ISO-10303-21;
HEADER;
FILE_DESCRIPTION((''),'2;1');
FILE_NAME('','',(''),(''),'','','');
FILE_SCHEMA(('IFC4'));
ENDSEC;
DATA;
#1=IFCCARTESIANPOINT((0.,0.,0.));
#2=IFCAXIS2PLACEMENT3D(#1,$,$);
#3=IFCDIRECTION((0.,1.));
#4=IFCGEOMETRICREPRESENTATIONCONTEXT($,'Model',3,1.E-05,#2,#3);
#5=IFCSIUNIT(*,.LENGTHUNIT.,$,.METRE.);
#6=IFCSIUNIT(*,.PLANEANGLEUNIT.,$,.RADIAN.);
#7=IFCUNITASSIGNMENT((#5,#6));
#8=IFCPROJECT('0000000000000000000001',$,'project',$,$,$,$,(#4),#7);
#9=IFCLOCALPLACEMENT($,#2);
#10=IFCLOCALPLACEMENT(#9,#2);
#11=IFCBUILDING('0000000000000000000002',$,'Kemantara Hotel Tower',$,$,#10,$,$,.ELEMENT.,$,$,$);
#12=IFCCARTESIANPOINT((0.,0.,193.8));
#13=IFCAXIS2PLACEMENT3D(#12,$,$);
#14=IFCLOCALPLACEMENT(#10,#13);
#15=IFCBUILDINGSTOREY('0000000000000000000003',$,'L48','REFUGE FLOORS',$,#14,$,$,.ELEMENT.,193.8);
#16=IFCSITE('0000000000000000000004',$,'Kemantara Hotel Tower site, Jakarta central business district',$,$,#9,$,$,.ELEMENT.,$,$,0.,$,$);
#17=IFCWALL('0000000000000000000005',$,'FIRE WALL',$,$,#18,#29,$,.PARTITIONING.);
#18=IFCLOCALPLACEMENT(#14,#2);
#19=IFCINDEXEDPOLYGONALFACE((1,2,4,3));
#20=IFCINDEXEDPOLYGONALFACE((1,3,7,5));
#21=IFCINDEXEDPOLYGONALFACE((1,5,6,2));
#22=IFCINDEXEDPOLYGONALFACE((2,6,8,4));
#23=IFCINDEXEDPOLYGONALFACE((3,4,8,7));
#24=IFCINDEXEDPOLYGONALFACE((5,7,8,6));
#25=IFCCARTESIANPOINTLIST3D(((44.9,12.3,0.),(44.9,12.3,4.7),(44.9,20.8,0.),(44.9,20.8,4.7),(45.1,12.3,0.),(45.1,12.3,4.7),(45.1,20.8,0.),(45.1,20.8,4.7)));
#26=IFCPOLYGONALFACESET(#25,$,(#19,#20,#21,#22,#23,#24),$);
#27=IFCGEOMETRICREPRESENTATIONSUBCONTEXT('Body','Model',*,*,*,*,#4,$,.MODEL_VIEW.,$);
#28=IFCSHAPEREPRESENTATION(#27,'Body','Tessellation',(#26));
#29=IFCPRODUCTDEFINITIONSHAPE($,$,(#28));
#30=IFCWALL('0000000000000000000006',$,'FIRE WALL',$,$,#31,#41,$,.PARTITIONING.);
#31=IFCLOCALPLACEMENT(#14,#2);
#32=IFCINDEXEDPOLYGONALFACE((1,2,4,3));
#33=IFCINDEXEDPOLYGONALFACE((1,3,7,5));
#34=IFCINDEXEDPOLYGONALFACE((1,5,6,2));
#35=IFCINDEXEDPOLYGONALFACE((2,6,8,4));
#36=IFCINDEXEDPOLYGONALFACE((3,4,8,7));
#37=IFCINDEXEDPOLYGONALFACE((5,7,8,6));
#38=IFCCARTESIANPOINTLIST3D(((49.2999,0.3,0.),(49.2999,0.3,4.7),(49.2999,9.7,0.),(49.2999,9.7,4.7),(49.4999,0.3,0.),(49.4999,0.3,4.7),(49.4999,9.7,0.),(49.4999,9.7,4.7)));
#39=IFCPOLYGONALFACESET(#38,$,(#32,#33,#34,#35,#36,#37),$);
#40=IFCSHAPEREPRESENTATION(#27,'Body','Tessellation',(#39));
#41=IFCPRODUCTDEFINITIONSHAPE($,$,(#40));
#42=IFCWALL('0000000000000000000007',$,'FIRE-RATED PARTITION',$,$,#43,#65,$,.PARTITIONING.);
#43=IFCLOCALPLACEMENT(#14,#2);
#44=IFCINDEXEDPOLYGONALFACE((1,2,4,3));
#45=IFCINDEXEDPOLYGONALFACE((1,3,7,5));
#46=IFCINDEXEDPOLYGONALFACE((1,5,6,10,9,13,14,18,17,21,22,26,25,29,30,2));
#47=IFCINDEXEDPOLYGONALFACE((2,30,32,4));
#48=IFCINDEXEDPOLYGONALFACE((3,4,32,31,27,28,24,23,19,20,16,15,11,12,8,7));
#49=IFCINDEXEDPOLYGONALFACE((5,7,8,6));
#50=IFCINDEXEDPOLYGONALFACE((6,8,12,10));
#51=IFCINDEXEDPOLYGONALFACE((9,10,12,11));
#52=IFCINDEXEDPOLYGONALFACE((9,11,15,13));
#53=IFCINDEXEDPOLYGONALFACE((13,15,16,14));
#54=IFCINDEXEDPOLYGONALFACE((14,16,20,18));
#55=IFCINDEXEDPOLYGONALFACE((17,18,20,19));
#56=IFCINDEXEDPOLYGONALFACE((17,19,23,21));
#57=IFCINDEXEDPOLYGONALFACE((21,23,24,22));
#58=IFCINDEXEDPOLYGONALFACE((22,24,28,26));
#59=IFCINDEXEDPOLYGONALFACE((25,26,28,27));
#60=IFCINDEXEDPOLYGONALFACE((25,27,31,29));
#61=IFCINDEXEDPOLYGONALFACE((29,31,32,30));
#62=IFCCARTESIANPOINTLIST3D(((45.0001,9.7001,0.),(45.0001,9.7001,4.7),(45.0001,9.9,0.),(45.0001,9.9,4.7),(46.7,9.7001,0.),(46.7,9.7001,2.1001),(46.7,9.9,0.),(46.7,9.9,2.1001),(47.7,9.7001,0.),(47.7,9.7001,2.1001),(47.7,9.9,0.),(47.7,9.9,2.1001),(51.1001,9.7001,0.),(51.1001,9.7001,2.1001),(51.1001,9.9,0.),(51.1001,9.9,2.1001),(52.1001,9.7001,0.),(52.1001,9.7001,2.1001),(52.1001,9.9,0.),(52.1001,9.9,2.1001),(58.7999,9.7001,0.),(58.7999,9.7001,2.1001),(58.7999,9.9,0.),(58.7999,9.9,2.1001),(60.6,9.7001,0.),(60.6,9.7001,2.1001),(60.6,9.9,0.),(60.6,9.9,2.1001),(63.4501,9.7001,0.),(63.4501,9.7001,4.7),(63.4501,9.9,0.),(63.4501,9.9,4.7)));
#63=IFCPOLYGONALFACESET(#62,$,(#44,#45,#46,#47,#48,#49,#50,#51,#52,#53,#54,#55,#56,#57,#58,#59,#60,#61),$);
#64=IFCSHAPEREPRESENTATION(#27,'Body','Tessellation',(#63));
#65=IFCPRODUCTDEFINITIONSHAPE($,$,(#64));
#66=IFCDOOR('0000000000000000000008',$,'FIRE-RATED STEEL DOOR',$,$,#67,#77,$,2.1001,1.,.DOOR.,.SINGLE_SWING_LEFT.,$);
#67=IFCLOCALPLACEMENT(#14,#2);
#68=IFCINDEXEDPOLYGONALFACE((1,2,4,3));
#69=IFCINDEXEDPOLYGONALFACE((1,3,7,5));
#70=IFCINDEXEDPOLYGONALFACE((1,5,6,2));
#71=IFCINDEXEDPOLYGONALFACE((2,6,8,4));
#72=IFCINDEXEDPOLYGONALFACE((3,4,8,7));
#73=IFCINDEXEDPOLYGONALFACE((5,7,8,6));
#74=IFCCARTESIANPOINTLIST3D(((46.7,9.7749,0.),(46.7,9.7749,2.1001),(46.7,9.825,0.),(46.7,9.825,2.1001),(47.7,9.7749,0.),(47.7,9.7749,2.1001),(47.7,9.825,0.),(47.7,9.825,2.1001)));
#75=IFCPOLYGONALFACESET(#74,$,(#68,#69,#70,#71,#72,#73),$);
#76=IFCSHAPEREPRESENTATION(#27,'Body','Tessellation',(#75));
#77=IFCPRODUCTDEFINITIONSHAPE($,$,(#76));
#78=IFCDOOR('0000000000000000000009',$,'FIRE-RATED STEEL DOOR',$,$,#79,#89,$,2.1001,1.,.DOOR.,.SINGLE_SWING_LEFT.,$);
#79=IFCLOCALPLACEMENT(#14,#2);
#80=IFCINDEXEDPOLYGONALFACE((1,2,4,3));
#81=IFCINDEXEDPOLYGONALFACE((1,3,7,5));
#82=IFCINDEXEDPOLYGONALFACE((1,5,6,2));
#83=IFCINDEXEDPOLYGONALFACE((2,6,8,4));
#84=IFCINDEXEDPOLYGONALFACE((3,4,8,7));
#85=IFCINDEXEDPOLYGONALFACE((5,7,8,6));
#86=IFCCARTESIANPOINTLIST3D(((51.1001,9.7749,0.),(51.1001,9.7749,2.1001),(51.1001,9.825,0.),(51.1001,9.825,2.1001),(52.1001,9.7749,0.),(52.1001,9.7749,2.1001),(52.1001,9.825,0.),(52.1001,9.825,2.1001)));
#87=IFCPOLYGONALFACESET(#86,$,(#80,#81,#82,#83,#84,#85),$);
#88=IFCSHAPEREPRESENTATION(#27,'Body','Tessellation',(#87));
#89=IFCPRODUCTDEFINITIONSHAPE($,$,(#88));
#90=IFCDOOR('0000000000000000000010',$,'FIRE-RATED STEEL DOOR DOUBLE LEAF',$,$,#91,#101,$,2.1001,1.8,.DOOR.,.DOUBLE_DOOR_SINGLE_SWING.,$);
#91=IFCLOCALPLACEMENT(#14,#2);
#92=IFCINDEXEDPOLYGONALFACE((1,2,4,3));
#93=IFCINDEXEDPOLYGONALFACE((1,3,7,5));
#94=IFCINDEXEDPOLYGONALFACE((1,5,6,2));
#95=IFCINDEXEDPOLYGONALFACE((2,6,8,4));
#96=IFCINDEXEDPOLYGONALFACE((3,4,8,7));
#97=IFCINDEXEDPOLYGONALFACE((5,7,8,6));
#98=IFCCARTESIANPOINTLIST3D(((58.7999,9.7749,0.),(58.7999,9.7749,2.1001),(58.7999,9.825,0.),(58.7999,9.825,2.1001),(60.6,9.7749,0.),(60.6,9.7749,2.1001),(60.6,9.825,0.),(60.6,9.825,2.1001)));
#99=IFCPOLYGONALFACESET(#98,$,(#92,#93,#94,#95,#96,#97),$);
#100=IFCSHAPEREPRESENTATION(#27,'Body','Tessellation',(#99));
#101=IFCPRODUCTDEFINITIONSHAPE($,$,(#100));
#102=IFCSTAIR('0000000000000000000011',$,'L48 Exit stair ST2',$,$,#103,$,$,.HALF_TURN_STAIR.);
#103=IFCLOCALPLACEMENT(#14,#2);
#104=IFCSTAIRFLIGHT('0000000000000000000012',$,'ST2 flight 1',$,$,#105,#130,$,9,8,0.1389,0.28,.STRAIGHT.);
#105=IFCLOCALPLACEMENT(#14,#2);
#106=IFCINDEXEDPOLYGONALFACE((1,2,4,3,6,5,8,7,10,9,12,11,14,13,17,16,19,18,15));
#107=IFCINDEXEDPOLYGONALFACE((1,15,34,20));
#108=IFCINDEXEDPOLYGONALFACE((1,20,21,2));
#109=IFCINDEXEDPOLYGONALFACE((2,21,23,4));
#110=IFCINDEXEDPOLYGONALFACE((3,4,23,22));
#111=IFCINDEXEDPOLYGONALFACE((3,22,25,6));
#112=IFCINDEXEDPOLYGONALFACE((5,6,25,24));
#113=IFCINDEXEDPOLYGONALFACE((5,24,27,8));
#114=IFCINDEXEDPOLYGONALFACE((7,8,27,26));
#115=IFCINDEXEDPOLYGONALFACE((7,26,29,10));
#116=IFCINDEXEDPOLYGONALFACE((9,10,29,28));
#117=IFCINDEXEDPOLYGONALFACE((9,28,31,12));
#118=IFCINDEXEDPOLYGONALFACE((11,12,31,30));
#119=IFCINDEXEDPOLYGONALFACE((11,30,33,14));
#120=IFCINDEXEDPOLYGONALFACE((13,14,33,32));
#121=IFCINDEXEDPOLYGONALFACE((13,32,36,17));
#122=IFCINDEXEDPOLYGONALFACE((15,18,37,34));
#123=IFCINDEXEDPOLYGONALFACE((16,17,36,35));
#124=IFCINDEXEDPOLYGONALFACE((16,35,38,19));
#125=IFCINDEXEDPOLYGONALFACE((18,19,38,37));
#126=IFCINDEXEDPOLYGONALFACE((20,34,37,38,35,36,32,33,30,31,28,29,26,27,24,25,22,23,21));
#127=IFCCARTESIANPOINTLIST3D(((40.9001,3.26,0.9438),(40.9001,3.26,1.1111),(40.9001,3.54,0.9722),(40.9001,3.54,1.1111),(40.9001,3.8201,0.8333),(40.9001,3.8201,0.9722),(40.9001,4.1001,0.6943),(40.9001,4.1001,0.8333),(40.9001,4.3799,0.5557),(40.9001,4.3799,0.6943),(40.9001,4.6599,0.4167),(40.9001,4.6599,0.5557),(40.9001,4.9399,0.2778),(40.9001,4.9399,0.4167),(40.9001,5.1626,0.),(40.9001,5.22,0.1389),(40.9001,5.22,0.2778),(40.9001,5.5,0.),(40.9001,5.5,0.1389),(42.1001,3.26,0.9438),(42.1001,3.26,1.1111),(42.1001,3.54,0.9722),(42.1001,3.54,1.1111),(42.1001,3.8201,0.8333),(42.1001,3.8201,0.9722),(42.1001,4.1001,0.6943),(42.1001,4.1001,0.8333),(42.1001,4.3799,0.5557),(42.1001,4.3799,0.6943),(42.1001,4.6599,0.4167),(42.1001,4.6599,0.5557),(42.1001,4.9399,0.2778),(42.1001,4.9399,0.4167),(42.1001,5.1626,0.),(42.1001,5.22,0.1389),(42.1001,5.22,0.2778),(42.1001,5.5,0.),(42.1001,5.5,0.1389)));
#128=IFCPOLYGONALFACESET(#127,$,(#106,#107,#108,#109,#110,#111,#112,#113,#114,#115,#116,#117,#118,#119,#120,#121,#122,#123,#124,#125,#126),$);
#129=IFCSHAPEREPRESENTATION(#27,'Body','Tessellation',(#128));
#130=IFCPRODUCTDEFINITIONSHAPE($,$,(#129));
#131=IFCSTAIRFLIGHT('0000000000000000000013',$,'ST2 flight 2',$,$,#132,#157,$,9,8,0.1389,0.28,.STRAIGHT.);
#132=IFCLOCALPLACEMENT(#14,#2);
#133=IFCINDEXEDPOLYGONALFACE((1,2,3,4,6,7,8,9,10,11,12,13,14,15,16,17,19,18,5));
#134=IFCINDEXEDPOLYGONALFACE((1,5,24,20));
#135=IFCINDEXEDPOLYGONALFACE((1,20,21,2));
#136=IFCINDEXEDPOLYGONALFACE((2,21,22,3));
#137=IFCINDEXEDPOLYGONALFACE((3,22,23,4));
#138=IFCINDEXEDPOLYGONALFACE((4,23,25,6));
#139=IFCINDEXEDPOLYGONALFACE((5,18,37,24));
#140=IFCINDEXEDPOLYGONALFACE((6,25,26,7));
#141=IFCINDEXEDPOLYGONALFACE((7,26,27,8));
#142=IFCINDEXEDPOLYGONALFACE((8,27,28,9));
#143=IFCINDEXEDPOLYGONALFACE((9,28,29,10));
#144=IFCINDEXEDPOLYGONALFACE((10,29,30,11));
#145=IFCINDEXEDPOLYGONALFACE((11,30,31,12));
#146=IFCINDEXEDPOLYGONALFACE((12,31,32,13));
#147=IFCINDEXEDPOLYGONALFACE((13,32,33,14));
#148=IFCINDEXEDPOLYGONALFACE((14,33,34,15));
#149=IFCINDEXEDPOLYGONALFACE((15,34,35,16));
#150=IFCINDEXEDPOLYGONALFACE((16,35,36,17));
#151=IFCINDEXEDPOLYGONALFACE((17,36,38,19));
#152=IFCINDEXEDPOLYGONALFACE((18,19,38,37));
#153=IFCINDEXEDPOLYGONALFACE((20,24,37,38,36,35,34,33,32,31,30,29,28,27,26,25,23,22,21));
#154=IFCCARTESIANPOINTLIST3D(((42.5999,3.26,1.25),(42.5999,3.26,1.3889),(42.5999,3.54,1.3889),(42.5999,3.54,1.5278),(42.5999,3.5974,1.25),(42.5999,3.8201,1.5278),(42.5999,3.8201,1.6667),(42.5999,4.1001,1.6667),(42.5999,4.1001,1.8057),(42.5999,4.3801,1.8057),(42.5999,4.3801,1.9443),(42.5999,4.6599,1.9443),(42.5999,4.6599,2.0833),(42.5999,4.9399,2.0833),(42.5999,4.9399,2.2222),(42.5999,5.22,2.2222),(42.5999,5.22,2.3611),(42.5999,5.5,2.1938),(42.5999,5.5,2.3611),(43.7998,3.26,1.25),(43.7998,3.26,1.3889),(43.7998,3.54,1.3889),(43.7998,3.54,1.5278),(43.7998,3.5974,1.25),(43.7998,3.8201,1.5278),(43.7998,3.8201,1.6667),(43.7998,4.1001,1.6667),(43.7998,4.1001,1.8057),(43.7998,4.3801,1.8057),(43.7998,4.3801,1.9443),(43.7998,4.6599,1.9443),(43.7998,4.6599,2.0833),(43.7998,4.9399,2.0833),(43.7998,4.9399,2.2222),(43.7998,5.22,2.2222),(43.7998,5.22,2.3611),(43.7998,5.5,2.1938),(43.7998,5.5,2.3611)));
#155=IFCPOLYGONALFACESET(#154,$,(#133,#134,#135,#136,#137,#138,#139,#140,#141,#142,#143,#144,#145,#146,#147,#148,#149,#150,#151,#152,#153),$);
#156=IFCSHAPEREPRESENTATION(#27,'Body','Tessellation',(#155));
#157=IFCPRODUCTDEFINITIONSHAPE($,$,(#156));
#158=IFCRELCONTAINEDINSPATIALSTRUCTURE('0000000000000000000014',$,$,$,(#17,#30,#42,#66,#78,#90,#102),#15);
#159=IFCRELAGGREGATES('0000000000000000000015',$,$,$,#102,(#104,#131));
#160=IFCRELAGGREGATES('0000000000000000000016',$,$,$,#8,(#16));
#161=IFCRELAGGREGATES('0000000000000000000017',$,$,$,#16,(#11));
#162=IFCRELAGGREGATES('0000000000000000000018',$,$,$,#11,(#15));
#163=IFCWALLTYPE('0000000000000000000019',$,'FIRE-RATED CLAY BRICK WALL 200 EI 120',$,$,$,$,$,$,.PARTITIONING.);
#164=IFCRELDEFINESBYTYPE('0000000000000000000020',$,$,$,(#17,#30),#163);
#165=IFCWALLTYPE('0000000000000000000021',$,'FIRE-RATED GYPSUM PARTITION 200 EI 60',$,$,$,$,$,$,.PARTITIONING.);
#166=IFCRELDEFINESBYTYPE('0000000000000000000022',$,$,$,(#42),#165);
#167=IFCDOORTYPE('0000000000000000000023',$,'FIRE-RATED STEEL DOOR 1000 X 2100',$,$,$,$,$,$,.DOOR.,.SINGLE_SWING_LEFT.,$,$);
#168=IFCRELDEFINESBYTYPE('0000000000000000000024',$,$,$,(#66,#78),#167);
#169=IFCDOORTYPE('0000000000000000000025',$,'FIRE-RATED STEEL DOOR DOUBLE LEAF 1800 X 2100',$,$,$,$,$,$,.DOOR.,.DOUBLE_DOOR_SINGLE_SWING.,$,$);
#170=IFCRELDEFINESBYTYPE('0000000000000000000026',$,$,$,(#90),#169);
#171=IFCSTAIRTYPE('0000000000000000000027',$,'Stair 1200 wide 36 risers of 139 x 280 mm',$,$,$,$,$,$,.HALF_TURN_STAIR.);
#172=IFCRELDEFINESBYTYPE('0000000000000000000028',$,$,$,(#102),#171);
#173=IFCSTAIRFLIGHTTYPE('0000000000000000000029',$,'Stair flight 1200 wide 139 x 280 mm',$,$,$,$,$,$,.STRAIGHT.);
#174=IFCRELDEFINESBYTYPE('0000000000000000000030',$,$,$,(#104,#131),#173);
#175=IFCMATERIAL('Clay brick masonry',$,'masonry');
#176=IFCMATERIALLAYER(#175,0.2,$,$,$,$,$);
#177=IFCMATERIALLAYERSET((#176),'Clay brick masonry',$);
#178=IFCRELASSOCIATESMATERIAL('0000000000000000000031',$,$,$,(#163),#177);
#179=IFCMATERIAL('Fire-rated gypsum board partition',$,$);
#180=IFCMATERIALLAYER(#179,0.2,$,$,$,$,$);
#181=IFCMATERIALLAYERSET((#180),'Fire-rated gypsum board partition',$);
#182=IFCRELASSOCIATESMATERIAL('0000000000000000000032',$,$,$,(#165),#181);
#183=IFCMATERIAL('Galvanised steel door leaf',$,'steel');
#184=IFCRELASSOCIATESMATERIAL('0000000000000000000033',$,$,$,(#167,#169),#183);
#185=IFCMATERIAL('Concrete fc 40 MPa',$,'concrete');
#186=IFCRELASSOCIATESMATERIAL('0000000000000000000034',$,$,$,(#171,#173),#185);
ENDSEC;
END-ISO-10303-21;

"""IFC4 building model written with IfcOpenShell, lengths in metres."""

from ifc_helpers import new_model, si_unit, direction, frame, frame_2d, origin, place, context, subcontext, project, spatial, polyline, rectangle, outline, extrude, material, layer, layer_set, type_object, element, fill, aggregate, save


model = new_model("IFC4")

# Units and contexts
model_context = context("Model", 3, precision=1e-05, world=origin(), true_north=direction((0.0, 1.0)))
body_context = subcontext(model_context, "Body", "Model", "MODEL_VIEW")
ifc_project = project(units=[si_unit("LENGTHUNIT", "METRE"), si_unit("PLANEANGLEUNIT", "RADIAN")], contexts=[model_context])

# Site, building, storey
site_placement = place(None, origin())
site = spatial("IfcSite", under=ifc_project, at=site_placement, Name="Kemantara Hotel Tower site, Jakarta central business district", CompositionType="ELEMENT", RefElevation=0.0)
building_placement = place(site_placement, origin())
building = spatial("IfcBuilding", under=site, at=building_placement, Name="Kemantara Hotel Tower", CompositionType="ELEMENT")
storey_placement = place(building_placement, frame((0.0, 0.0, 193.8)))
storey = spatial("IfcBuildingStorey", under=building, at=storey_placement, Name="L48", Description="REFUGE FLOORS", CompositionType="ELEMENT", Elevation=193.8)

# Walls
ifc_material_1 = material(Name="Clay brick masonry", Category="masonry")
ifc_layer_1 = layer(ifc_material_1, 0.2)
ifc_layer_set_1 = layer_set([ifc_layer_1], Name="Clay brick masonry")
wall_type_1 = type_object("IfcWallType", Name="FIRE-RATED CLAY BRICK WALL 200 EI 120", PredefinedType="PARTITIONING", material=ifc_layer_set_1)
wall_1_placement = place(storey_placement, frame((45.0, 12.3, 0.0), z_axis=(0.0, 0.0, 1.0), x_axis=(0.0, 1.0, 0.0)))
element("IfcWall", 1, at=wall_1_placement, inside=storey, type_object=wall_type_1, Name="FIRE WALL", PredefinedType="PARTITIONING", context=body_context, shape_type="SweptSolid", body=[
    extrude(rectangle(XDim=8.5, YDim=0.2, at=frame_2d((4.25, 0.0))), origin(), (0.0, 0.0, 1.0), 4.7),
])
wall_2_placement = place(storey_placement, frame((49.3999, 0.3, 0.0), z_axis=(0.0, 0.0, 1.0), x_axis=(0.0, 1.0, 0.0)))
element("IfcWall", 2, at=wall_2_placement, inside=storey, type_object=wall_type_1, Name="FIRE WALL", PredefinedType="PARTITIONING", context=body_context, shape_type="SweptSolid", body=[
    extrude(rectangle(XDim=9.3999, YDim=0.2, at=frame_2d((4.7, 0.0))), origin(), (0.0, 0.0, 1.0), 4.7),
])

# Wall, openings, doors
ifc_material_2 = material(Name="Fire-rated gypsum board partition")
ifc_layer_2 = layer(ifc_material_2, 0.2)
ifc_layer_set_2 = layer_set([ifc_layer_2], Name="Fire-rated gypsum board partition")
wall_type_2 = type_object("IfcWallType", Name="FIRE-RATED GYPSUM PARTITION 200 EI 60", PredefinedType="PARTITIONING", material=ifc_layer_set_2)
wall_3_placement = place(storey_placement, frame((45.0, 9.8, 0.0), z_axis=(0.0, 0.0, 1.0), x_axis=(1.0, 0.0, 0.0)))
wall_3 = element("IfcWall", 3, at=wall_3_placement, inside=storey, type_object=wall_type_2, Name="FIRE-RATED PARTITION", PredefinedType="PARTITIONING", context=body_context, shape_type="SweptSolid", body=[
    extrude(rectangle(XDim=18.45, YDim=0.2, at=frame_2d((9.2251, 0.0))), origin(), (0.0, 0.0, 1.0), 4.7),
])
opening_1_placement = place(wall_3_placement, frame((13.8, 0.0, 0.0)))
opening_1 = element("IfcOpeningElement", 4, at=opening_1_placement, cuts=wall_3, PredefinedType="OPENING", context=body_context, shape_type="SweptSolid", body=[
    extrude(rectangle(XDim=1.8, YDim=2.1001, at=frame_2d((0.8999, 1.05))), frame((0.0, 0.1099, 0.0), z_axis=(0.0, -1.0, 0.0), x_axis=(1.0, 0.0, 0.0)), (0.0, 0.0, 1.0), 0.22),
])
opening_2_placement = place(wall_3_placement, frame((1.7, 0.0, 0.0)))
opening_2 = element("IfcOpeningElement", 5, at=opening_2_placement, cuts=wall_3, PredefinedType="OPENING", context=body_context, shape_type="SweptSolid", body=[
    extrude(rectangle(XDim=1.0, YDim=2.1001, at=frame_2d((0.5, 1.05))), frame((0.0, 0.1099, 0.0), z_axis=(0.0, -1.0, 0.0), x_axis=(1.0, 0.0, 0.0)), (0.0, 0.0, 1.0), 0.22),
])
opening_3_placement = place(wall_3_placement, frame((6.1001, 0.0, 0.0)))
opening_3 = element("IfcOpeningElement", 6, at=opening_3_placement, cuts=wall_3, PredefinedType="OPENING", context=body_context, shape_type="SweptSolid", body=[
    extrude(rectangle(XDim=1.0, YDim=2.1001, at=frame_2d((0.5, 1.05))), frame((0.0, 0.1099, 0.0), z_axis=(0.0, -1.0, 0.0), x_axis=(1.0, 0.0, 0.0)), (0.0, 0.0, 1.0), 0.22),
])
ifc_material_3 = material(Name="Galvanised steel door leaf", Category="steel")
door_type_1 = type_object("IfcDoorType", Name="FIRE-RATED STEEL DOOR 1000 X 2100", OperationType="SINGLE_SWING_LEFT", PredefinedType="DOOR", material=ifc_material_3)
door_1_placement = place(opening_2_placement, origin())
door_1 = element("IfcDoor", 7, at=door_1_placement, inside=storey, type_object=door_type_1, Name="FIRE-RATED STEEL DOOR", OperationType="SINGLE_SWING_LEFT", OverallHeight=2.1001, OverallWidth=1.0, PredefinedType="DOOR", context=body_context, shape_type="SweptSolid", body=[
    extrude(rectangle(XDim=1.0, YDim=2.1001, at=frame_2d((0.5, 1.05))), frame((0.0, 0.0249, 0.0), z_axis=(0.0, -1.0, 0.0), x_axis=(1.0, 0.0, 0.0)), (0.0, 0.0, 1.0), 0.05),
])
fill(opening_2, door_1)
door_2_placement = place(opening_3_placement, origin())
door_2 = element("IfcDoor", 8, at=door_2_placement, inside=storey, type_object=door_type_1, Name="FIRE-RATED STEEL DOOR", OperationType="SINGLE_SWING_LEFT", OverallHeight=2.1001, OverallWidth=1.0, PredefinedType="DOOR", context=body_context, shape_type="SweptSolid", body=[
    extrude(rectangle(XDim=1.0, YDim=2.1001, at=frame_2d((0.5, 1.05))), frame((0.0, 0.0249, 0.0), z_axis=(0.0, -1.0, 0.0), x_axis=(1.0, 0.0, 0.0)), (0.0, 0.0, 1.0), 0.05),
])
fill(opening_3, door_2)
door_type_2 = type_object("IfcDoorType", Name="FIRE-RATED STEEL DOOR DOUBLE LEAF 1800 X 2100", OperationType="DOUBLE_DOOR_SINGLE_SWING", PredefinedType="DOOR", material=ifc_material_3)
door_3_placement = place(opening_1_placement, origin())
door_3 = element("IfcDoor", 9, at=door_3_placement, inside=storey, type_object=door_type_2, Name="FIRE-RATED STEEL DOOR DOUBLE LEAF", OperationType="DOUBLE_DOOR_SINGLE_SWING", OverallHeight=2.1001, OverallWidth=1.8, PredefinedType="DOOR", context=body_context, shape_type="SweptSolid", body=[
    extrude(rectangle(XDim=1.8, YDim=2.1001, at=frame_2d((0.8999, 1.05))), frame((0.0, 0.0249, 0.0), z_axis=(0.0, -1.0, 0.0), x_axis=(1.0, 0.0, 0.0)), (0.0, 0.0, 1.0), 0.05),
])
fill(opening_1, door_3)

# Stair, stair flights
ifc_material_4 = material(Name="Concrete fc 40 MPa", Category="concrete")
stair_type = type_object("IfcStairType", Name="Stair 1200 wide 36 risers of 139 x 280 mm", PredefinedType="HALF_TURN_STAIR", material=ifc_material_4)
stair_placement = place(storey_placement, origin())
stair = element("IfcStair", 10, at=stair_placement, inside=storey, type_object=stair_type, Name="L48 Exit stair ST2", PredefinedType="HALF_TURN_STAIR")
stair_flight_type = type_object("IfcStairFlightType", Name="Stair flight 1200 wide 139 x 280 mm", PredefinedType="STRAIGHT", material=ifc_material_4)
stair_flight_1_placement = place(storey_placement, frame((41.5, 5.5, 0.0), z_axis=(0.0, 0.0, 1.0), x_axis=(0.0, -1.0, 0.0)))
stair_flight_1 = element("IfcStairFlight", 11, at=stair_flight_1_placement, type_object=stair_flight_type, Name="ST2 flight 1", NumberOfRisers=9, NumberOfTreads=8, PredefinedType="STRAIGHT", RiserHeight=0.1389, TreadLength=0.28, context=body_context, shape_type="SweptSolid", body=[
    extrude(outline(polyline([(0.0, 0.0), (0.0, 0.1389), (0.28, 0.1389), (0.28, 0.2778), (0.5601, 0.2778), (0.5601, 0.4167), (0.8401, 0.4167), (0.8401, 0.5557), (1.1201, 0.5557), (1.1201, 0.6943), (1.3999, 0.6943), (1.3999, 0.8333), (1.6799, 0.8333), (1.6799, 0.9722), (1.96, 0.9722), (1.96, 1.1111), (2.24, 1.1111), (2.24, 1.25), (2.24, 0.9438), (0.3374, 0.0), (0.0, 0.0)])), frame((0.0, 0.6001, 0.0), z_axis=(0.0, -1.0, 0.0), x_axis=(1.0, 0.0, 0.0)), (0.0, 0.0, 1.0), 1.2),
])
stair_flight_2_placement = place(storey_placement, frame((43.2, 3.26, 1.25), z_axis=(0.0, 0.0, 1.0), x_axis=(0.0, 1.0, 0.0)))
stair_flight_2 = element("IfcStairFlight", 12, at=stair_flight_2_placement, type_object=stair_flight_type, Name="ST2 flight 2", NumberOfRisers=9, NumberOfTreads=8, PredefinedType="STRAIGHT", RiserHeight=0.1389, TreadLength=0.28, context=body_context, shape_type="SweptSolid", body=[
    extrude(outline(polyline([(0.0, 0.0), (0.0, 0.1389), (0.28, 0.1389), (0.28, 0.2778), (0.5601, 0.2778), (0.5601, 0.4167), (0.8401, 0.4167), (0.8401, 0.5557), (1.1201, 0.5557), (1.1201, 0.6943), (1.3999, 0.6943), (1.3999, 0.8333), (1.6799, 0.8333), (1.6799, 0.9722), (1.96, 0.9722), (1.96, 1.1111), (2.24, 1.1111), (2.24, 1.25), (2.24, 0.9438), (0.3374, 0.0), (0.0, 0.0)])), frame((0.0, 0.6001, 0.0), z_axis=(0.0, -1.0, 0.0), x_axis=(1.0, 0.0, 0.0)), (0.0, 0.0, 1.0), 1.2),
])
aggregate(stair, [stair_flight_1, stair_flight_2])

save(model, "model.ifc")
